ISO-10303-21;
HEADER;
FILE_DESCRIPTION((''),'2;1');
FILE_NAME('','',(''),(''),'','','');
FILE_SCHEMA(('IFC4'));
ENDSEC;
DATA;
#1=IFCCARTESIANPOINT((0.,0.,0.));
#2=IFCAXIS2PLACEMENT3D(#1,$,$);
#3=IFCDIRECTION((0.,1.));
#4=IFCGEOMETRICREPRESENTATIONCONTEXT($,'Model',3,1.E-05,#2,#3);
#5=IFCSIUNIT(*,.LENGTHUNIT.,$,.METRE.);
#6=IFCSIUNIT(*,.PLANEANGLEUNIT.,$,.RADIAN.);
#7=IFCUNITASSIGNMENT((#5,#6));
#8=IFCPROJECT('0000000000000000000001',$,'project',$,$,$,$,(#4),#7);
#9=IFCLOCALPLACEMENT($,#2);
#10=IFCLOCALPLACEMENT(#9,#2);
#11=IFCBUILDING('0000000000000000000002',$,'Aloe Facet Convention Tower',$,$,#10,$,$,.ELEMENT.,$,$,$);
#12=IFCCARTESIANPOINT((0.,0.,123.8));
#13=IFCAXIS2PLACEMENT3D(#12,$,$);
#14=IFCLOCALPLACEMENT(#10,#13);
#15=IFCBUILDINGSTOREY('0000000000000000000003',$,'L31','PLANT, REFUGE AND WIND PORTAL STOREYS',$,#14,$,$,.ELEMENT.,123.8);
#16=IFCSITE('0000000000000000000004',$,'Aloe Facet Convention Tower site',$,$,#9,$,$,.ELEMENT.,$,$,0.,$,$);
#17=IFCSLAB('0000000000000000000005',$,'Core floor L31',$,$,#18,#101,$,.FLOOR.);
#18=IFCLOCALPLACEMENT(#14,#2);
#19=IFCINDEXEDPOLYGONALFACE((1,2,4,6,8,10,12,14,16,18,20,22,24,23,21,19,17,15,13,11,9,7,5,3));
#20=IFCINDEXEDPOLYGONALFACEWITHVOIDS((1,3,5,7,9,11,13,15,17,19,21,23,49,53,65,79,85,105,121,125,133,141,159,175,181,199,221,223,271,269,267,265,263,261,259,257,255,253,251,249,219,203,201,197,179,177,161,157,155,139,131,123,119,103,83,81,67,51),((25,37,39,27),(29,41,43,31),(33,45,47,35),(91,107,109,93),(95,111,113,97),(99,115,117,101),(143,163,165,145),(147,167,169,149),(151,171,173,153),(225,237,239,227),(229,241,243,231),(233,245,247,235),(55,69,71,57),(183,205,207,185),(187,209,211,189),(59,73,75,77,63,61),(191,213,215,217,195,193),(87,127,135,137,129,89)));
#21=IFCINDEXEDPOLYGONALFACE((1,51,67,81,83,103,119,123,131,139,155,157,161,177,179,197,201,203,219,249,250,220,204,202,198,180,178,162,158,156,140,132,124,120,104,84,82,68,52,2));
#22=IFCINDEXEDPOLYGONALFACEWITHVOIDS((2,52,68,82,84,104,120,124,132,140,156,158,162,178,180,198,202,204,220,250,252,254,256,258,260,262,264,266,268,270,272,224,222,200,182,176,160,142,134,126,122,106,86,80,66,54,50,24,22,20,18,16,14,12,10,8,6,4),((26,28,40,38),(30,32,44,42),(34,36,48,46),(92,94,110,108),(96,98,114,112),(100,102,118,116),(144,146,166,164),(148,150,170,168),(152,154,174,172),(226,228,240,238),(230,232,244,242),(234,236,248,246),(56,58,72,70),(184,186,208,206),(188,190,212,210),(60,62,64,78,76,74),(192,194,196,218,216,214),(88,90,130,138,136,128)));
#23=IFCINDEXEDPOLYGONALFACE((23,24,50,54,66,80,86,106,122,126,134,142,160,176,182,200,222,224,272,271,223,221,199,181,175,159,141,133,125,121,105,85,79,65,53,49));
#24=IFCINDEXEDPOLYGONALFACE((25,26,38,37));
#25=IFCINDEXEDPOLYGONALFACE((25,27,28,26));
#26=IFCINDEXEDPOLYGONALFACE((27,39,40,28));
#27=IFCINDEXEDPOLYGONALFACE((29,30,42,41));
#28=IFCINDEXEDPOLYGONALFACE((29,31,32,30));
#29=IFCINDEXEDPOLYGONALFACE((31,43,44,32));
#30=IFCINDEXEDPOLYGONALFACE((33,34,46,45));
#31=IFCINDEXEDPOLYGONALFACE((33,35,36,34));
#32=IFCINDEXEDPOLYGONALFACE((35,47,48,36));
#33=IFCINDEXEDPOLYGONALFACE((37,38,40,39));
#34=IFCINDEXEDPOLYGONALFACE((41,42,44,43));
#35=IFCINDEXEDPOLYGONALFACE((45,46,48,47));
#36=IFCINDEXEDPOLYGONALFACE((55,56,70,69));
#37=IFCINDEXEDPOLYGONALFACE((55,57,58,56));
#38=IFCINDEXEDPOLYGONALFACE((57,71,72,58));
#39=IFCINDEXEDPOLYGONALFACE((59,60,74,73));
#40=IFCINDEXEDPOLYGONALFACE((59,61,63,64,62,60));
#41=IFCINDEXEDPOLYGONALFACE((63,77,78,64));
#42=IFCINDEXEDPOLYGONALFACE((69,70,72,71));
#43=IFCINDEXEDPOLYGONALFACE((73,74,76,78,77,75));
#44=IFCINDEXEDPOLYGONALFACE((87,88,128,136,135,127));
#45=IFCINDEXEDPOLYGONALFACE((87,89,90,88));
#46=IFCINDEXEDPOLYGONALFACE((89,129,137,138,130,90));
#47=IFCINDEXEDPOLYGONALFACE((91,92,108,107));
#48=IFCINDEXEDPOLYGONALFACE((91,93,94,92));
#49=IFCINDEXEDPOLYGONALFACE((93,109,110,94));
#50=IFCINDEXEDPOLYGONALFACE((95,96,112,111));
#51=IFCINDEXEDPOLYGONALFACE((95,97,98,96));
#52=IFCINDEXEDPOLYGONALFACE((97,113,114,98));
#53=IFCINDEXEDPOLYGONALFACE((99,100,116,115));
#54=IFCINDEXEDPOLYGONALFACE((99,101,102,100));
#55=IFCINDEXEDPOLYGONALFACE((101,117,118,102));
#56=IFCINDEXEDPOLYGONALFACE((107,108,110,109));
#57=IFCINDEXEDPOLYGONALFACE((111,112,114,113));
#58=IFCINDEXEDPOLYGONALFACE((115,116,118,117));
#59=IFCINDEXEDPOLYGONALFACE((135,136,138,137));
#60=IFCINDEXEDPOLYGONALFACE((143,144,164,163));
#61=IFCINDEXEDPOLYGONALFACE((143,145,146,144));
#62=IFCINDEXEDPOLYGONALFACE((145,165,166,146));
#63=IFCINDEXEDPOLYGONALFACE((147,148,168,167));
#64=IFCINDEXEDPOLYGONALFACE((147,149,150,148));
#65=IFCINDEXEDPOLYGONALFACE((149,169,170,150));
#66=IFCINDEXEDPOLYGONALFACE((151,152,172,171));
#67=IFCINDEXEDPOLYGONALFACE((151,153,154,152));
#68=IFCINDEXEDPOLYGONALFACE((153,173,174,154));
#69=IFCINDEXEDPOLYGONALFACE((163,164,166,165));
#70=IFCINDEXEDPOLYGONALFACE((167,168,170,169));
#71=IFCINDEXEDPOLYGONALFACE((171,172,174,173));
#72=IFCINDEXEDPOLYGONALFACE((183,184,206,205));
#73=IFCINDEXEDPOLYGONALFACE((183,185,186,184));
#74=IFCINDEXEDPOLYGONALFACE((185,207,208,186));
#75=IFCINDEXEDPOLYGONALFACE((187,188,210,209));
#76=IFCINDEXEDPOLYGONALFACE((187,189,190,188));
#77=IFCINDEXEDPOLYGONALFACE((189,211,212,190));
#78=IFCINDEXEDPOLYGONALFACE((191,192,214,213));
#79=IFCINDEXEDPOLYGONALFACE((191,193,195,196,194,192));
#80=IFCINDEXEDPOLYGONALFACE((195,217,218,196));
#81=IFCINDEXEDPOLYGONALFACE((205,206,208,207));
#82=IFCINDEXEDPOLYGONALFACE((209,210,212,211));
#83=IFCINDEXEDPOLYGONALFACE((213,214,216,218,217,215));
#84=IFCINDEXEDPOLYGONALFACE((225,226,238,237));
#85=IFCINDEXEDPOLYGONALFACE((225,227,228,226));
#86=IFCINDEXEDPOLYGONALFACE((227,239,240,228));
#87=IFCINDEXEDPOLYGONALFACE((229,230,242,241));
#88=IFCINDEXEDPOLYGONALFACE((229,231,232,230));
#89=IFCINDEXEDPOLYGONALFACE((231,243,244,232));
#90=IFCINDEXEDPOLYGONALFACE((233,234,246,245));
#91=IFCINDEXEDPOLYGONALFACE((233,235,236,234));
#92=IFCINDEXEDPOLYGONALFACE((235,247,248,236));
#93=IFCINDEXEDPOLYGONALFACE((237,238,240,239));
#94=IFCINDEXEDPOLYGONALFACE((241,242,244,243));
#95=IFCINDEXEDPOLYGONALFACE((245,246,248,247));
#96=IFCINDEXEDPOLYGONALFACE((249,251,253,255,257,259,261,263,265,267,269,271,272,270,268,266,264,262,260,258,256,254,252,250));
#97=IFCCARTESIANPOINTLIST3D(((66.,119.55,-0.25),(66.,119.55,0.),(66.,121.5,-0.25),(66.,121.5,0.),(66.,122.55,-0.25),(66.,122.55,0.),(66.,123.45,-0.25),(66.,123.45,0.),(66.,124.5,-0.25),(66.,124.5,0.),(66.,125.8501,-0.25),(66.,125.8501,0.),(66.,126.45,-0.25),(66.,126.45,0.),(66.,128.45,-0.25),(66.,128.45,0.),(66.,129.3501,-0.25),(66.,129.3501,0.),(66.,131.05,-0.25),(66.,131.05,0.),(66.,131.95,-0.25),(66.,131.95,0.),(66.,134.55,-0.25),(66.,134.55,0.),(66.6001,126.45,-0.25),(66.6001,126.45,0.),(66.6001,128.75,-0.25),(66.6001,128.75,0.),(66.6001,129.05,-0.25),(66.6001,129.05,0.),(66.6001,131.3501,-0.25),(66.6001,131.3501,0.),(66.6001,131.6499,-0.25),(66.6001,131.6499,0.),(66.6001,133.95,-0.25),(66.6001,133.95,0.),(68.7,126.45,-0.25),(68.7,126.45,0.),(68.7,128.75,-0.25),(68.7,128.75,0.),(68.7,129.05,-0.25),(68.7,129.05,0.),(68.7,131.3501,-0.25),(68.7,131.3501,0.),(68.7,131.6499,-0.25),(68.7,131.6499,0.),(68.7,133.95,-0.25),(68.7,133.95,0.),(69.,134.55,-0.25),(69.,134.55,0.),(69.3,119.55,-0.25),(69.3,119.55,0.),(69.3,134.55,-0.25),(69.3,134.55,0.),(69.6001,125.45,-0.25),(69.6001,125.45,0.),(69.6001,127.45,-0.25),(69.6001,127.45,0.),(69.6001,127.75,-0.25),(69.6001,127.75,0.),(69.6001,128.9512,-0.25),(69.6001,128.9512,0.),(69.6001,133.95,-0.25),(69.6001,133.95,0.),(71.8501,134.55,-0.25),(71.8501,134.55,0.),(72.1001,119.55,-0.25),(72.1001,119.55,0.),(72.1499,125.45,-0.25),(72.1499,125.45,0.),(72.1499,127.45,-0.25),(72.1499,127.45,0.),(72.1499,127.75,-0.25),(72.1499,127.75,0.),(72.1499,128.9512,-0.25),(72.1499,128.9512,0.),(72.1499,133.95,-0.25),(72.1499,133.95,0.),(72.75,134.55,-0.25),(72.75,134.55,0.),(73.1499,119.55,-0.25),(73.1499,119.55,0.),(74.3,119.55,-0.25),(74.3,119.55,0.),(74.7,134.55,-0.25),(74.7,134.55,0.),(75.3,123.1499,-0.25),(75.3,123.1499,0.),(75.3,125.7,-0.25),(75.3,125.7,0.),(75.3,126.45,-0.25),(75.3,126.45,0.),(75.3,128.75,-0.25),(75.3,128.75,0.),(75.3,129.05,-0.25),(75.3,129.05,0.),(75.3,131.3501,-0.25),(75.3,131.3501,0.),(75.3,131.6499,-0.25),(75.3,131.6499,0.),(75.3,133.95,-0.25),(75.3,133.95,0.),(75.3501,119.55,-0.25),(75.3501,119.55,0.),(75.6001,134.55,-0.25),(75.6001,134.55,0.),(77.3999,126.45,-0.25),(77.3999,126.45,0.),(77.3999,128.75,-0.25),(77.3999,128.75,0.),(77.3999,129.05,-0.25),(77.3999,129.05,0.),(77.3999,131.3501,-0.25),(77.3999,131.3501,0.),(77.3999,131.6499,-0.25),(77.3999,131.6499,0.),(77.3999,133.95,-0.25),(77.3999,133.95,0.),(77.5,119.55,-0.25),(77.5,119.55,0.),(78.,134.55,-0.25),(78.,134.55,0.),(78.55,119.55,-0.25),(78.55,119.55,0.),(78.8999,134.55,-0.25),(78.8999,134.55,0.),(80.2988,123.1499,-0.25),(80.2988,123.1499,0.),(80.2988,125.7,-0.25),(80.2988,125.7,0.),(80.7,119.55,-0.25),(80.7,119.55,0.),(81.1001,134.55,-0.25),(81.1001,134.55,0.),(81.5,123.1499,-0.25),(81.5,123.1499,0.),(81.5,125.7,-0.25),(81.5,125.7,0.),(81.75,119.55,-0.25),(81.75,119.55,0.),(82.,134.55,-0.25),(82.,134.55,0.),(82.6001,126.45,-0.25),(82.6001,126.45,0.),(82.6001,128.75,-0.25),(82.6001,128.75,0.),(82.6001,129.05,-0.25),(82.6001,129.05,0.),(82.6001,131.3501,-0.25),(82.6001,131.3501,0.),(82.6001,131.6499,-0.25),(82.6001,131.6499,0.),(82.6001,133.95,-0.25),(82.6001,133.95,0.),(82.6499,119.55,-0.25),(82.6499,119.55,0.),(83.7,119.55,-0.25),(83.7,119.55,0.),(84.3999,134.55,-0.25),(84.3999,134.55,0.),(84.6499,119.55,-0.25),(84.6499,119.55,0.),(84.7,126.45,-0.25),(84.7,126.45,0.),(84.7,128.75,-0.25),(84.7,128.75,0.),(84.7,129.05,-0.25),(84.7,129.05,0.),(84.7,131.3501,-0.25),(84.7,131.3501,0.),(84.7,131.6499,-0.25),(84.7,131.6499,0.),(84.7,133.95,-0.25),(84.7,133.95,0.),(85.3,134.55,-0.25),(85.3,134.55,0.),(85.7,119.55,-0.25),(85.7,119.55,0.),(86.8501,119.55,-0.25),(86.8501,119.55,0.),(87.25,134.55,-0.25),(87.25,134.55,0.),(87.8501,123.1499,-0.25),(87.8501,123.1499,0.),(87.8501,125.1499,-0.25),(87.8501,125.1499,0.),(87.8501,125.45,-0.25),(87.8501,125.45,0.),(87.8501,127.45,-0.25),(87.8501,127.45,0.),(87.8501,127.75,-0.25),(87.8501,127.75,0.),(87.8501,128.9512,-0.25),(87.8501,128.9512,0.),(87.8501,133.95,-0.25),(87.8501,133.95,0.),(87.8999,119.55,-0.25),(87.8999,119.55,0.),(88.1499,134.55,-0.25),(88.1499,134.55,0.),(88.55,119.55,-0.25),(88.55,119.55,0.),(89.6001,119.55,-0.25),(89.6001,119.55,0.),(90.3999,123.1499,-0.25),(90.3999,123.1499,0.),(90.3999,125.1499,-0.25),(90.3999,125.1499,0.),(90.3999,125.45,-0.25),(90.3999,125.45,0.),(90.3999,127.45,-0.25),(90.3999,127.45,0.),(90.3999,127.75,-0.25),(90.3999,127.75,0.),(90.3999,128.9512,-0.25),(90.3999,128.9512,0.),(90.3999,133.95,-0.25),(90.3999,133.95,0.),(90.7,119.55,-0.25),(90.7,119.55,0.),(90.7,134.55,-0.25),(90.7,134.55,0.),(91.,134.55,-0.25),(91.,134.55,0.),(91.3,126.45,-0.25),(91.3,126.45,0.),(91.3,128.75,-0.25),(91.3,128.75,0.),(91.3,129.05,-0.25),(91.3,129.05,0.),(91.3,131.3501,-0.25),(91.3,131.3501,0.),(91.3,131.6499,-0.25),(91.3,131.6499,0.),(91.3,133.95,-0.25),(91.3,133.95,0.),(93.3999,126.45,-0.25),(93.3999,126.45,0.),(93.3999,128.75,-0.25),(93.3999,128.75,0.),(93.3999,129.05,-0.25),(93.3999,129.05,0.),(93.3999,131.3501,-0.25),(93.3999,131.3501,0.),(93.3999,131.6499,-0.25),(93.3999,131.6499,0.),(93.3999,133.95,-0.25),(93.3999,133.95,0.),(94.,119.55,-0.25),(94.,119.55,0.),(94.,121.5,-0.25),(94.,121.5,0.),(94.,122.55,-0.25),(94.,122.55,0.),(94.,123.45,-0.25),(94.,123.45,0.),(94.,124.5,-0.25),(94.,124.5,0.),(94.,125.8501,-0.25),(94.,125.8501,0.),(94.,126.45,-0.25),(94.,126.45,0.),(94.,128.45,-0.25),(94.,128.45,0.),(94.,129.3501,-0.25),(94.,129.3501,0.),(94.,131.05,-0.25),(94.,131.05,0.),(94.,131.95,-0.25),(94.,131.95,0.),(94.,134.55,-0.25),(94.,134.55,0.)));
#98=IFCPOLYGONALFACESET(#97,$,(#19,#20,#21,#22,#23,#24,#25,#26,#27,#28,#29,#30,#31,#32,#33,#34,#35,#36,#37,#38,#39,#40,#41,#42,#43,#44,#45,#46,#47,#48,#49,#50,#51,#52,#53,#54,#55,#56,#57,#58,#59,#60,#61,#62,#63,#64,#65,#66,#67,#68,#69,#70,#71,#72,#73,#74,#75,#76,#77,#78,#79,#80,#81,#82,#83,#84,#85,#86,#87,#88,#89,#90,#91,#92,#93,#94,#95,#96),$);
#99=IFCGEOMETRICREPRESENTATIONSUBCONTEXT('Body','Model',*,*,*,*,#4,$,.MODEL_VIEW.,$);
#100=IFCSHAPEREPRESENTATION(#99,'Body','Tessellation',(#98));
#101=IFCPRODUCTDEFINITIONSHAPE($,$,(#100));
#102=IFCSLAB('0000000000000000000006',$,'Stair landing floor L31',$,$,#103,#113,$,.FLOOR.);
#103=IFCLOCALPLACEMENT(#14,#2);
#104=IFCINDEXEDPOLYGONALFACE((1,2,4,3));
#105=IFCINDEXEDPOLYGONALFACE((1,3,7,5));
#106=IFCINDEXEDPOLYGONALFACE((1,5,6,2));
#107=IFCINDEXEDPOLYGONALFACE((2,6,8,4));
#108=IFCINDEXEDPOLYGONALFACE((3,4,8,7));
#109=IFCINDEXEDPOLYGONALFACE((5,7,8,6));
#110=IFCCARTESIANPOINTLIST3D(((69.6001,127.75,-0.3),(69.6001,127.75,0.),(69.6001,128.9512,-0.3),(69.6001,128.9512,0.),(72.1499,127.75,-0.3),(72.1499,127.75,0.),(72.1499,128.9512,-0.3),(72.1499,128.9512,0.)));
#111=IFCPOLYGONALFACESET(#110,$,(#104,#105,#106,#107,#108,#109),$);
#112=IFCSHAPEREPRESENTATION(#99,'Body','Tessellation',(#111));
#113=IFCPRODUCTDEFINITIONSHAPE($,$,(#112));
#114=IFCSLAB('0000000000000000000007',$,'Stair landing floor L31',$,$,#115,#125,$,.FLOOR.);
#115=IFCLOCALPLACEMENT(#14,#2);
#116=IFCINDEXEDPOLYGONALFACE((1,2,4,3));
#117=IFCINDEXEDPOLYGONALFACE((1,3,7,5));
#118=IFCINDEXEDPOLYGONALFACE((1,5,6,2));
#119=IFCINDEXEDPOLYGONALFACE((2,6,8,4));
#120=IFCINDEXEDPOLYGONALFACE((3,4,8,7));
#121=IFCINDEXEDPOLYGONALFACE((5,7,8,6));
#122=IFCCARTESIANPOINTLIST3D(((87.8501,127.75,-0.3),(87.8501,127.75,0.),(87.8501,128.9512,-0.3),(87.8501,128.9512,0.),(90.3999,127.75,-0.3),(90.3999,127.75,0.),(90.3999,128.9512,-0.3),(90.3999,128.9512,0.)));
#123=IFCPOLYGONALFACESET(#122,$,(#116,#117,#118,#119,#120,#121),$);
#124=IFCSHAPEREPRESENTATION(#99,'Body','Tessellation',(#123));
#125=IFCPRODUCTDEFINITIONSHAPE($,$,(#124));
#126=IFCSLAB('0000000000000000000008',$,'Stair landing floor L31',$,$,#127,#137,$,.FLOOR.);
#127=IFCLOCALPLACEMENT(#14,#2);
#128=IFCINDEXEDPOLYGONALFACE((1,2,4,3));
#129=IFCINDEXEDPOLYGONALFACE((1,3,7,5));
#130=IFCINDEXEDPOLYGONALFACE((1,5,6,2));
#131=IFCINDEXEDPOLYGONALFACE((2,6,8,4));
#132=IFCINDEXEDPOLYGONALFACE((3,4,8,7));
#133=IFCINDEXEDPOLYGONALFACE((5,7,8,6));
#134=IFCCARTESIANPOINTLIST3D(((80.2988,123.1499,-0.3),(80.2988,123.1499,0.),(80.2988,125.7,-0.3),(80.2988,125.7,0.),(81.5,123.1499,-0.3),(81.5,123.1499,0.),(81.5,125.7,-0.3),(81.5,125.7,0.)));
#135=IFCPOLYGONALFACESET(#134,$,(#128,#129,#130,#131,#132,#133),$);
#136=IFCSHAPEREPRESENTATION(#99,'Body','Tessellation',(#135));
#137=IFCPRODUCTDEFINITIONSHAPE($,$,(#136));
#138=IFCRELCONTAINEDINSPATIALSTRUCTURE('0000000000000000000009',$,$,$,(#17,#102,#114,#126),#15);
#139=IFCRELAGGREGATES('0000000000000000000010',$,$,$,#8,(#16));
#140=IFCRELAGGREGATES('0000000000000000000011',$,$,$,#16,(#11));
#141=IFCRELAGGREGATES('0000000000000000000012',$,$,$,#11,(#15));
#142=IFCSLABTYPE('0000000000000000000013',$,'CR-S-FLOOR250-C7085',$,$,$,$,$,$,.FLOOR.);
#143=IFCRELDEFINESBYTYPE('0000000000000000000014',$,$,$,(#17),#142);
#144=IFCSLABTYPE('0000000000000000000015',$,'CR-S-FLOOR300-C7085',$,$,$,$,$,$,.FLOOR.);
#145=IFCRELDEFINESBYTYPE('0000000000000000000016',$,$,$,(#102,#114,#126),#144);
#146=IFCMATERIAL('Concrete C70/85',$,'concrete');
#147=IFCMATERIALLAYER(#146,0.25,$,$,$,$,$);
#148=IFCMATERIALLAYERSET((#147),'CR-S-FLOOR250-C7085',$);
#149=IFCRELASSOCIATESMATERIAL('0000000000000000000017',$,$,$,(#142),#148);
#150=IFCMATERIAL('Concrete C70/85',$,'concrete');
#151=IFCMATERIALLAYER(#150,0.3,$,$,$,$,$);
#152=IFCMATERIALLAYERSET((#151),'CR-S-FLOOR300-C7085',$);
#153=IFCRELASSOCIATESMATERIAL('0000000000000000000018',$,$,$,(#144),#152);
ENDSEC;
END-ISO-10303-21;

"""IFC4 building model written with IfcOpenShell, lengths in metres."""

from ifc_helpers import new_model, si_unit, direction, frame, origin, place, context, subcontext, project, spatial, polyline, outline, extrude, material, layer, layer_set, type_object, element, save


model = new_model("IFC4")

# Units and contexts
model_context = context("Model", 3, precision=1e-05, world=origin(), true_north=direction((0.0, 1.0)))
body_context = subcontext(model_context, "Body", "Model", "MODEL_VIEW")
ifc_project = project(units=[si_unit("LENGTHUNIT", "METRE"), si_unit("PLANEANGLEUNIT", "RADIAN")], contexts=[model_context])

# Site, building, storey
site_placement = place(None, origin())
site = spatial("IfcSite", under=ifc_project, at=site_placement, Name="Aloe Facet Convention Tower site", CompositionType="ELEMENT", RefElevation=0.0)
building_placement = place(site_placement, origin())
building = spatial("IfcBuilding", under=site, at=building_placement, Name="Aloe Facet Convention Tower", CompositionType="ELEMENT")
storey_placement = place(building_placement, frame((0.0, 0.0, 123.8)))
storey = spatial("IfcBuildingStorey", under=building, at=storey_placement, Name="L31", Description="PLANT, REFUGE AND WIND PORTAL STOREYS", CompositionType="ELEMENT", Elevation=123.8)

# Slabs
ifc_material_1 = material(Name="Concrete C70/85", Category="concrete")
ifc_layer_1 = layer(ifc_material_1, 0.25)
ifc_layer_set_1 = layer_set([ifc_layer_1], Name="CR-S-FLOOR250-C7085")
slab_type_1 = type_object("IfcSlabType", Name="CR-S-FLOOR250-C7085", PredefinedType="FLOOR", material=ifc_layer_set_1)
slab_1_placement = place(storey_placement, frame((0.0, 0.0, -0.25)))
element("IfcSlab", 1, at=slab_1_placement, inside=storey, type_object=slab_type_1, Name="Core floor L31", PredefinedType="FLOOR", context=body_context, shape_type="SweptSolid", body=[
    extrude(outline(polyline([(69.3, 134.55), (71.8501, 134.55), (72.75, 134.55), (74.7, 134.55), (75.6001, 134.55), (78.0, 134.55), (78.8999, 134.55), (81.1001, 134.55), (82.0, 134.55), (84.3999, 134.55), (85.3, 134.55), (87.25, 134.55), (88.1499, 134.55), (90.7, 134.55), (91.0, 134.55), (94.0, 134.55), (94.0, 131.95), (94.0, 131.05), (94.0, 129.3501), (94.0, 128.45), (94.0, 126.45), (94.0, 125.8501), (94.0, 124.5), (94.0, 123.45), (94.0, 122.55), (94.0, 121.5), (94.0, 119.55), (90.7, 119.55), (89.6001, 119.55), (88.55, 119.55), (87.8999, 119.55), (86.8501, 119.55), (85.7, 119.55), (84.6499, 119.55), (83.7, 119.55), (82.6499, 119.55), (81.75, 119.55), (80.7, 119.55), (78.55, 119.55), (77.5, 119.55), (75.3501, 119.55), (74.3, 119.55), (73.1499, 119.55), (72.1001, 119.55), (69.3, 119.55), (66.0, 119.55), (66.0, 121.5), (66.0, 122.55), (66.0, 123.45), (66.0, 124.5), (66.0, 125.8501), (66.0, 126.45), (66.0, 128.45), (66.0, 129.3501), (66.0, 131.05), (66.0, 131.95), (66.0, 134.55), (69.0, 134.55), (69.3, 134.55)]), holes=[polyline([(75.3, 123.1499), (80.2988, 123.1499), (81.5, 123.1499), (81.5, 125.7), (80.2988, 125.7), (75.3, 125.7), (75.3, 123.1499)]), polyline([(69.6001, 125.45), (72.1499, 125.45), (72.1499, 127.45), (69.6001, 127.45), (69.6001, 125.45)]), polyline([(66.6001, 126.45), (68.7, 126.45), (68.7, 128.75), (66.6001, 128.75), (66.6001, 126.45)]), polyline([(77.3999, 126.45), (77.3999, 128.75), (75.3, 128.75), (75.3, 126.45), (77.3999, 126.45)]), polyline([(66.6001, 129.05), (68.7, 129.05), (68.7, 131.3501), (66.6001, 131.3501), (66.6001, 129.05)]), polyline([(77.3999, 129.05), (77.3999, 131.3501), (75.3, 131.3501), (75.3, 129.05), (77.3999, 129.05)]), polyline([(69.6001, 133.95), (69.6001, 128.9512), (69.6001, 127.75), (72.1499, 127.75), (72.1499, 128.9512), (72.1499, 133.95), (69.6001, 133.95)]), polyline([(66.6001, 133.95), (66.6001, 131.6499), (68.7, 131.6499), (68.7, 133.95), (66.6001, 133.95)]), polyline([(75.3, 131.6499), (77.3999, 131.6499), (77.3999, 133.95), (75.3, 133.95), (75.3, 131.6499)]), polyline([(87.8501, 123.1499), (90.3999, 123.1499), (90.3999, 125.1499), (87.8501, 125.1499), (87.8501, 123.1499)]), polyline([(87.8501, 125.45), (90.3999, 125.45), (90.3999, 127.45), (87.8501, 127.45), (87.8501, 125.45)]), polyline([(84.7, 126.45), (84.7, 128.75), (82.6001, 128.75), (82.6001, 126.45), (84.7, 126.45)]), polyline([(91.3, 126.45), (93.3999, 126.45), (93.3999, 128.75), (91.3, 128.75), (91.3, 126.45)]), polyline([(84.7, 129.05), (84.7, 131.3501), (82.6001, 131.3501), (82.6001, 129.05), (84.7, 129.05)]), polyline([(91.3, 129.05), (93.3999, 129.05), (93.3999, 131.3501), (91.3, 131.3501), (91.3, 129.05)]), polyline([(87.8501, 133.95), (87.8501, 128.9512), (87.8501, 127.75), (90.3999, 127.75), (90.3999, 128.9512), (90.3999, 133.95), (87.8501, 133.95)]), polyline([(82.6001, 131.6499), (84.7, 131.6499), (84.7, 133.95), (82.6001, 133.95), (82.6001, 131.6499)]), polyline([(91.3, 133.95), (91.3, 131.6499), (93.3999, 131.6499), (93.3999, 133.95), (91.3, 133.95)])]), origin(), (0.0, 0.0, 1.0), 0.25),
])
ifc_material_2 = material(Name="Concrete C70/85", Category="concrete")
ifc_layer_2 = layer(ifc_material_2, 0.3)
ifc_layer_set_2 = layer_set([ifc_layer_2], Name="CR-S-FLOOR300-C7085")
slab_type_2 = type_object("IfcSlabType", Name="CR-S-FLOOR300-C7085", PredefinedType="FLOOR", material=ifc_layer_set_2)
slab_2_placement = place(storey_placement, frame((0.0, 0.0, -0.3)))
element("IfcSlab", 2, at=slab_2_placement, inside=storey, type_object=slab_type_2, Name="Stair landing floor L31", PredefinedType="FLOOR", context=body_context, shape_type="SweptSolid", body=[
    extrude(outline(polyline([(72.1499, 127.75), (72.1499, 128.9512), (69.6001, 128.9512), (69.6001, 127.75), (72.1499, 127.75)])), origin(), (0.0, 0.0, 1.0), 0.3),
])
slab_3_placement = place(storey_placement, frame((0.0, 0.0, -0.3)))
element("IfcSlab", 3, at=slab_3_placement, inside=storey, type_object=slab_type_2, Name="Stair landing floor L31", PredefinedType="FLOOR", context=body_context, shape_type="SweptSolid", body=[
    extrude(outline(polyline([(90.3999, 127.75), (90.3999, 128.9512), (87.8501, 128.9512), (87.8501, 127.75), (90.3999, 127.75)])), origin(), (0.0, 0.0, 1.0), 0.3),
])
slab_4_placement = place(storey_placement, frame((0.0, 0.0, -0.3)))
element("IfcSlab", 4, at=slab_4_placement, inside=storey, type_object=slab_type_2, Name="Stair landing floor L31", PredefinedType="FLOOR", context=body_context, shape_type="SweptSolid", body=[
    extrude(outline(polyline([(81.5, 125.7), (80.2988, 125.7), (80.2988, 123.1499), (81.5, 123.1499), (81.5, 125.7)])), origin(), (0.0, 0.0, 1.0), 0.3),
])

save(model, "model.ifc")
